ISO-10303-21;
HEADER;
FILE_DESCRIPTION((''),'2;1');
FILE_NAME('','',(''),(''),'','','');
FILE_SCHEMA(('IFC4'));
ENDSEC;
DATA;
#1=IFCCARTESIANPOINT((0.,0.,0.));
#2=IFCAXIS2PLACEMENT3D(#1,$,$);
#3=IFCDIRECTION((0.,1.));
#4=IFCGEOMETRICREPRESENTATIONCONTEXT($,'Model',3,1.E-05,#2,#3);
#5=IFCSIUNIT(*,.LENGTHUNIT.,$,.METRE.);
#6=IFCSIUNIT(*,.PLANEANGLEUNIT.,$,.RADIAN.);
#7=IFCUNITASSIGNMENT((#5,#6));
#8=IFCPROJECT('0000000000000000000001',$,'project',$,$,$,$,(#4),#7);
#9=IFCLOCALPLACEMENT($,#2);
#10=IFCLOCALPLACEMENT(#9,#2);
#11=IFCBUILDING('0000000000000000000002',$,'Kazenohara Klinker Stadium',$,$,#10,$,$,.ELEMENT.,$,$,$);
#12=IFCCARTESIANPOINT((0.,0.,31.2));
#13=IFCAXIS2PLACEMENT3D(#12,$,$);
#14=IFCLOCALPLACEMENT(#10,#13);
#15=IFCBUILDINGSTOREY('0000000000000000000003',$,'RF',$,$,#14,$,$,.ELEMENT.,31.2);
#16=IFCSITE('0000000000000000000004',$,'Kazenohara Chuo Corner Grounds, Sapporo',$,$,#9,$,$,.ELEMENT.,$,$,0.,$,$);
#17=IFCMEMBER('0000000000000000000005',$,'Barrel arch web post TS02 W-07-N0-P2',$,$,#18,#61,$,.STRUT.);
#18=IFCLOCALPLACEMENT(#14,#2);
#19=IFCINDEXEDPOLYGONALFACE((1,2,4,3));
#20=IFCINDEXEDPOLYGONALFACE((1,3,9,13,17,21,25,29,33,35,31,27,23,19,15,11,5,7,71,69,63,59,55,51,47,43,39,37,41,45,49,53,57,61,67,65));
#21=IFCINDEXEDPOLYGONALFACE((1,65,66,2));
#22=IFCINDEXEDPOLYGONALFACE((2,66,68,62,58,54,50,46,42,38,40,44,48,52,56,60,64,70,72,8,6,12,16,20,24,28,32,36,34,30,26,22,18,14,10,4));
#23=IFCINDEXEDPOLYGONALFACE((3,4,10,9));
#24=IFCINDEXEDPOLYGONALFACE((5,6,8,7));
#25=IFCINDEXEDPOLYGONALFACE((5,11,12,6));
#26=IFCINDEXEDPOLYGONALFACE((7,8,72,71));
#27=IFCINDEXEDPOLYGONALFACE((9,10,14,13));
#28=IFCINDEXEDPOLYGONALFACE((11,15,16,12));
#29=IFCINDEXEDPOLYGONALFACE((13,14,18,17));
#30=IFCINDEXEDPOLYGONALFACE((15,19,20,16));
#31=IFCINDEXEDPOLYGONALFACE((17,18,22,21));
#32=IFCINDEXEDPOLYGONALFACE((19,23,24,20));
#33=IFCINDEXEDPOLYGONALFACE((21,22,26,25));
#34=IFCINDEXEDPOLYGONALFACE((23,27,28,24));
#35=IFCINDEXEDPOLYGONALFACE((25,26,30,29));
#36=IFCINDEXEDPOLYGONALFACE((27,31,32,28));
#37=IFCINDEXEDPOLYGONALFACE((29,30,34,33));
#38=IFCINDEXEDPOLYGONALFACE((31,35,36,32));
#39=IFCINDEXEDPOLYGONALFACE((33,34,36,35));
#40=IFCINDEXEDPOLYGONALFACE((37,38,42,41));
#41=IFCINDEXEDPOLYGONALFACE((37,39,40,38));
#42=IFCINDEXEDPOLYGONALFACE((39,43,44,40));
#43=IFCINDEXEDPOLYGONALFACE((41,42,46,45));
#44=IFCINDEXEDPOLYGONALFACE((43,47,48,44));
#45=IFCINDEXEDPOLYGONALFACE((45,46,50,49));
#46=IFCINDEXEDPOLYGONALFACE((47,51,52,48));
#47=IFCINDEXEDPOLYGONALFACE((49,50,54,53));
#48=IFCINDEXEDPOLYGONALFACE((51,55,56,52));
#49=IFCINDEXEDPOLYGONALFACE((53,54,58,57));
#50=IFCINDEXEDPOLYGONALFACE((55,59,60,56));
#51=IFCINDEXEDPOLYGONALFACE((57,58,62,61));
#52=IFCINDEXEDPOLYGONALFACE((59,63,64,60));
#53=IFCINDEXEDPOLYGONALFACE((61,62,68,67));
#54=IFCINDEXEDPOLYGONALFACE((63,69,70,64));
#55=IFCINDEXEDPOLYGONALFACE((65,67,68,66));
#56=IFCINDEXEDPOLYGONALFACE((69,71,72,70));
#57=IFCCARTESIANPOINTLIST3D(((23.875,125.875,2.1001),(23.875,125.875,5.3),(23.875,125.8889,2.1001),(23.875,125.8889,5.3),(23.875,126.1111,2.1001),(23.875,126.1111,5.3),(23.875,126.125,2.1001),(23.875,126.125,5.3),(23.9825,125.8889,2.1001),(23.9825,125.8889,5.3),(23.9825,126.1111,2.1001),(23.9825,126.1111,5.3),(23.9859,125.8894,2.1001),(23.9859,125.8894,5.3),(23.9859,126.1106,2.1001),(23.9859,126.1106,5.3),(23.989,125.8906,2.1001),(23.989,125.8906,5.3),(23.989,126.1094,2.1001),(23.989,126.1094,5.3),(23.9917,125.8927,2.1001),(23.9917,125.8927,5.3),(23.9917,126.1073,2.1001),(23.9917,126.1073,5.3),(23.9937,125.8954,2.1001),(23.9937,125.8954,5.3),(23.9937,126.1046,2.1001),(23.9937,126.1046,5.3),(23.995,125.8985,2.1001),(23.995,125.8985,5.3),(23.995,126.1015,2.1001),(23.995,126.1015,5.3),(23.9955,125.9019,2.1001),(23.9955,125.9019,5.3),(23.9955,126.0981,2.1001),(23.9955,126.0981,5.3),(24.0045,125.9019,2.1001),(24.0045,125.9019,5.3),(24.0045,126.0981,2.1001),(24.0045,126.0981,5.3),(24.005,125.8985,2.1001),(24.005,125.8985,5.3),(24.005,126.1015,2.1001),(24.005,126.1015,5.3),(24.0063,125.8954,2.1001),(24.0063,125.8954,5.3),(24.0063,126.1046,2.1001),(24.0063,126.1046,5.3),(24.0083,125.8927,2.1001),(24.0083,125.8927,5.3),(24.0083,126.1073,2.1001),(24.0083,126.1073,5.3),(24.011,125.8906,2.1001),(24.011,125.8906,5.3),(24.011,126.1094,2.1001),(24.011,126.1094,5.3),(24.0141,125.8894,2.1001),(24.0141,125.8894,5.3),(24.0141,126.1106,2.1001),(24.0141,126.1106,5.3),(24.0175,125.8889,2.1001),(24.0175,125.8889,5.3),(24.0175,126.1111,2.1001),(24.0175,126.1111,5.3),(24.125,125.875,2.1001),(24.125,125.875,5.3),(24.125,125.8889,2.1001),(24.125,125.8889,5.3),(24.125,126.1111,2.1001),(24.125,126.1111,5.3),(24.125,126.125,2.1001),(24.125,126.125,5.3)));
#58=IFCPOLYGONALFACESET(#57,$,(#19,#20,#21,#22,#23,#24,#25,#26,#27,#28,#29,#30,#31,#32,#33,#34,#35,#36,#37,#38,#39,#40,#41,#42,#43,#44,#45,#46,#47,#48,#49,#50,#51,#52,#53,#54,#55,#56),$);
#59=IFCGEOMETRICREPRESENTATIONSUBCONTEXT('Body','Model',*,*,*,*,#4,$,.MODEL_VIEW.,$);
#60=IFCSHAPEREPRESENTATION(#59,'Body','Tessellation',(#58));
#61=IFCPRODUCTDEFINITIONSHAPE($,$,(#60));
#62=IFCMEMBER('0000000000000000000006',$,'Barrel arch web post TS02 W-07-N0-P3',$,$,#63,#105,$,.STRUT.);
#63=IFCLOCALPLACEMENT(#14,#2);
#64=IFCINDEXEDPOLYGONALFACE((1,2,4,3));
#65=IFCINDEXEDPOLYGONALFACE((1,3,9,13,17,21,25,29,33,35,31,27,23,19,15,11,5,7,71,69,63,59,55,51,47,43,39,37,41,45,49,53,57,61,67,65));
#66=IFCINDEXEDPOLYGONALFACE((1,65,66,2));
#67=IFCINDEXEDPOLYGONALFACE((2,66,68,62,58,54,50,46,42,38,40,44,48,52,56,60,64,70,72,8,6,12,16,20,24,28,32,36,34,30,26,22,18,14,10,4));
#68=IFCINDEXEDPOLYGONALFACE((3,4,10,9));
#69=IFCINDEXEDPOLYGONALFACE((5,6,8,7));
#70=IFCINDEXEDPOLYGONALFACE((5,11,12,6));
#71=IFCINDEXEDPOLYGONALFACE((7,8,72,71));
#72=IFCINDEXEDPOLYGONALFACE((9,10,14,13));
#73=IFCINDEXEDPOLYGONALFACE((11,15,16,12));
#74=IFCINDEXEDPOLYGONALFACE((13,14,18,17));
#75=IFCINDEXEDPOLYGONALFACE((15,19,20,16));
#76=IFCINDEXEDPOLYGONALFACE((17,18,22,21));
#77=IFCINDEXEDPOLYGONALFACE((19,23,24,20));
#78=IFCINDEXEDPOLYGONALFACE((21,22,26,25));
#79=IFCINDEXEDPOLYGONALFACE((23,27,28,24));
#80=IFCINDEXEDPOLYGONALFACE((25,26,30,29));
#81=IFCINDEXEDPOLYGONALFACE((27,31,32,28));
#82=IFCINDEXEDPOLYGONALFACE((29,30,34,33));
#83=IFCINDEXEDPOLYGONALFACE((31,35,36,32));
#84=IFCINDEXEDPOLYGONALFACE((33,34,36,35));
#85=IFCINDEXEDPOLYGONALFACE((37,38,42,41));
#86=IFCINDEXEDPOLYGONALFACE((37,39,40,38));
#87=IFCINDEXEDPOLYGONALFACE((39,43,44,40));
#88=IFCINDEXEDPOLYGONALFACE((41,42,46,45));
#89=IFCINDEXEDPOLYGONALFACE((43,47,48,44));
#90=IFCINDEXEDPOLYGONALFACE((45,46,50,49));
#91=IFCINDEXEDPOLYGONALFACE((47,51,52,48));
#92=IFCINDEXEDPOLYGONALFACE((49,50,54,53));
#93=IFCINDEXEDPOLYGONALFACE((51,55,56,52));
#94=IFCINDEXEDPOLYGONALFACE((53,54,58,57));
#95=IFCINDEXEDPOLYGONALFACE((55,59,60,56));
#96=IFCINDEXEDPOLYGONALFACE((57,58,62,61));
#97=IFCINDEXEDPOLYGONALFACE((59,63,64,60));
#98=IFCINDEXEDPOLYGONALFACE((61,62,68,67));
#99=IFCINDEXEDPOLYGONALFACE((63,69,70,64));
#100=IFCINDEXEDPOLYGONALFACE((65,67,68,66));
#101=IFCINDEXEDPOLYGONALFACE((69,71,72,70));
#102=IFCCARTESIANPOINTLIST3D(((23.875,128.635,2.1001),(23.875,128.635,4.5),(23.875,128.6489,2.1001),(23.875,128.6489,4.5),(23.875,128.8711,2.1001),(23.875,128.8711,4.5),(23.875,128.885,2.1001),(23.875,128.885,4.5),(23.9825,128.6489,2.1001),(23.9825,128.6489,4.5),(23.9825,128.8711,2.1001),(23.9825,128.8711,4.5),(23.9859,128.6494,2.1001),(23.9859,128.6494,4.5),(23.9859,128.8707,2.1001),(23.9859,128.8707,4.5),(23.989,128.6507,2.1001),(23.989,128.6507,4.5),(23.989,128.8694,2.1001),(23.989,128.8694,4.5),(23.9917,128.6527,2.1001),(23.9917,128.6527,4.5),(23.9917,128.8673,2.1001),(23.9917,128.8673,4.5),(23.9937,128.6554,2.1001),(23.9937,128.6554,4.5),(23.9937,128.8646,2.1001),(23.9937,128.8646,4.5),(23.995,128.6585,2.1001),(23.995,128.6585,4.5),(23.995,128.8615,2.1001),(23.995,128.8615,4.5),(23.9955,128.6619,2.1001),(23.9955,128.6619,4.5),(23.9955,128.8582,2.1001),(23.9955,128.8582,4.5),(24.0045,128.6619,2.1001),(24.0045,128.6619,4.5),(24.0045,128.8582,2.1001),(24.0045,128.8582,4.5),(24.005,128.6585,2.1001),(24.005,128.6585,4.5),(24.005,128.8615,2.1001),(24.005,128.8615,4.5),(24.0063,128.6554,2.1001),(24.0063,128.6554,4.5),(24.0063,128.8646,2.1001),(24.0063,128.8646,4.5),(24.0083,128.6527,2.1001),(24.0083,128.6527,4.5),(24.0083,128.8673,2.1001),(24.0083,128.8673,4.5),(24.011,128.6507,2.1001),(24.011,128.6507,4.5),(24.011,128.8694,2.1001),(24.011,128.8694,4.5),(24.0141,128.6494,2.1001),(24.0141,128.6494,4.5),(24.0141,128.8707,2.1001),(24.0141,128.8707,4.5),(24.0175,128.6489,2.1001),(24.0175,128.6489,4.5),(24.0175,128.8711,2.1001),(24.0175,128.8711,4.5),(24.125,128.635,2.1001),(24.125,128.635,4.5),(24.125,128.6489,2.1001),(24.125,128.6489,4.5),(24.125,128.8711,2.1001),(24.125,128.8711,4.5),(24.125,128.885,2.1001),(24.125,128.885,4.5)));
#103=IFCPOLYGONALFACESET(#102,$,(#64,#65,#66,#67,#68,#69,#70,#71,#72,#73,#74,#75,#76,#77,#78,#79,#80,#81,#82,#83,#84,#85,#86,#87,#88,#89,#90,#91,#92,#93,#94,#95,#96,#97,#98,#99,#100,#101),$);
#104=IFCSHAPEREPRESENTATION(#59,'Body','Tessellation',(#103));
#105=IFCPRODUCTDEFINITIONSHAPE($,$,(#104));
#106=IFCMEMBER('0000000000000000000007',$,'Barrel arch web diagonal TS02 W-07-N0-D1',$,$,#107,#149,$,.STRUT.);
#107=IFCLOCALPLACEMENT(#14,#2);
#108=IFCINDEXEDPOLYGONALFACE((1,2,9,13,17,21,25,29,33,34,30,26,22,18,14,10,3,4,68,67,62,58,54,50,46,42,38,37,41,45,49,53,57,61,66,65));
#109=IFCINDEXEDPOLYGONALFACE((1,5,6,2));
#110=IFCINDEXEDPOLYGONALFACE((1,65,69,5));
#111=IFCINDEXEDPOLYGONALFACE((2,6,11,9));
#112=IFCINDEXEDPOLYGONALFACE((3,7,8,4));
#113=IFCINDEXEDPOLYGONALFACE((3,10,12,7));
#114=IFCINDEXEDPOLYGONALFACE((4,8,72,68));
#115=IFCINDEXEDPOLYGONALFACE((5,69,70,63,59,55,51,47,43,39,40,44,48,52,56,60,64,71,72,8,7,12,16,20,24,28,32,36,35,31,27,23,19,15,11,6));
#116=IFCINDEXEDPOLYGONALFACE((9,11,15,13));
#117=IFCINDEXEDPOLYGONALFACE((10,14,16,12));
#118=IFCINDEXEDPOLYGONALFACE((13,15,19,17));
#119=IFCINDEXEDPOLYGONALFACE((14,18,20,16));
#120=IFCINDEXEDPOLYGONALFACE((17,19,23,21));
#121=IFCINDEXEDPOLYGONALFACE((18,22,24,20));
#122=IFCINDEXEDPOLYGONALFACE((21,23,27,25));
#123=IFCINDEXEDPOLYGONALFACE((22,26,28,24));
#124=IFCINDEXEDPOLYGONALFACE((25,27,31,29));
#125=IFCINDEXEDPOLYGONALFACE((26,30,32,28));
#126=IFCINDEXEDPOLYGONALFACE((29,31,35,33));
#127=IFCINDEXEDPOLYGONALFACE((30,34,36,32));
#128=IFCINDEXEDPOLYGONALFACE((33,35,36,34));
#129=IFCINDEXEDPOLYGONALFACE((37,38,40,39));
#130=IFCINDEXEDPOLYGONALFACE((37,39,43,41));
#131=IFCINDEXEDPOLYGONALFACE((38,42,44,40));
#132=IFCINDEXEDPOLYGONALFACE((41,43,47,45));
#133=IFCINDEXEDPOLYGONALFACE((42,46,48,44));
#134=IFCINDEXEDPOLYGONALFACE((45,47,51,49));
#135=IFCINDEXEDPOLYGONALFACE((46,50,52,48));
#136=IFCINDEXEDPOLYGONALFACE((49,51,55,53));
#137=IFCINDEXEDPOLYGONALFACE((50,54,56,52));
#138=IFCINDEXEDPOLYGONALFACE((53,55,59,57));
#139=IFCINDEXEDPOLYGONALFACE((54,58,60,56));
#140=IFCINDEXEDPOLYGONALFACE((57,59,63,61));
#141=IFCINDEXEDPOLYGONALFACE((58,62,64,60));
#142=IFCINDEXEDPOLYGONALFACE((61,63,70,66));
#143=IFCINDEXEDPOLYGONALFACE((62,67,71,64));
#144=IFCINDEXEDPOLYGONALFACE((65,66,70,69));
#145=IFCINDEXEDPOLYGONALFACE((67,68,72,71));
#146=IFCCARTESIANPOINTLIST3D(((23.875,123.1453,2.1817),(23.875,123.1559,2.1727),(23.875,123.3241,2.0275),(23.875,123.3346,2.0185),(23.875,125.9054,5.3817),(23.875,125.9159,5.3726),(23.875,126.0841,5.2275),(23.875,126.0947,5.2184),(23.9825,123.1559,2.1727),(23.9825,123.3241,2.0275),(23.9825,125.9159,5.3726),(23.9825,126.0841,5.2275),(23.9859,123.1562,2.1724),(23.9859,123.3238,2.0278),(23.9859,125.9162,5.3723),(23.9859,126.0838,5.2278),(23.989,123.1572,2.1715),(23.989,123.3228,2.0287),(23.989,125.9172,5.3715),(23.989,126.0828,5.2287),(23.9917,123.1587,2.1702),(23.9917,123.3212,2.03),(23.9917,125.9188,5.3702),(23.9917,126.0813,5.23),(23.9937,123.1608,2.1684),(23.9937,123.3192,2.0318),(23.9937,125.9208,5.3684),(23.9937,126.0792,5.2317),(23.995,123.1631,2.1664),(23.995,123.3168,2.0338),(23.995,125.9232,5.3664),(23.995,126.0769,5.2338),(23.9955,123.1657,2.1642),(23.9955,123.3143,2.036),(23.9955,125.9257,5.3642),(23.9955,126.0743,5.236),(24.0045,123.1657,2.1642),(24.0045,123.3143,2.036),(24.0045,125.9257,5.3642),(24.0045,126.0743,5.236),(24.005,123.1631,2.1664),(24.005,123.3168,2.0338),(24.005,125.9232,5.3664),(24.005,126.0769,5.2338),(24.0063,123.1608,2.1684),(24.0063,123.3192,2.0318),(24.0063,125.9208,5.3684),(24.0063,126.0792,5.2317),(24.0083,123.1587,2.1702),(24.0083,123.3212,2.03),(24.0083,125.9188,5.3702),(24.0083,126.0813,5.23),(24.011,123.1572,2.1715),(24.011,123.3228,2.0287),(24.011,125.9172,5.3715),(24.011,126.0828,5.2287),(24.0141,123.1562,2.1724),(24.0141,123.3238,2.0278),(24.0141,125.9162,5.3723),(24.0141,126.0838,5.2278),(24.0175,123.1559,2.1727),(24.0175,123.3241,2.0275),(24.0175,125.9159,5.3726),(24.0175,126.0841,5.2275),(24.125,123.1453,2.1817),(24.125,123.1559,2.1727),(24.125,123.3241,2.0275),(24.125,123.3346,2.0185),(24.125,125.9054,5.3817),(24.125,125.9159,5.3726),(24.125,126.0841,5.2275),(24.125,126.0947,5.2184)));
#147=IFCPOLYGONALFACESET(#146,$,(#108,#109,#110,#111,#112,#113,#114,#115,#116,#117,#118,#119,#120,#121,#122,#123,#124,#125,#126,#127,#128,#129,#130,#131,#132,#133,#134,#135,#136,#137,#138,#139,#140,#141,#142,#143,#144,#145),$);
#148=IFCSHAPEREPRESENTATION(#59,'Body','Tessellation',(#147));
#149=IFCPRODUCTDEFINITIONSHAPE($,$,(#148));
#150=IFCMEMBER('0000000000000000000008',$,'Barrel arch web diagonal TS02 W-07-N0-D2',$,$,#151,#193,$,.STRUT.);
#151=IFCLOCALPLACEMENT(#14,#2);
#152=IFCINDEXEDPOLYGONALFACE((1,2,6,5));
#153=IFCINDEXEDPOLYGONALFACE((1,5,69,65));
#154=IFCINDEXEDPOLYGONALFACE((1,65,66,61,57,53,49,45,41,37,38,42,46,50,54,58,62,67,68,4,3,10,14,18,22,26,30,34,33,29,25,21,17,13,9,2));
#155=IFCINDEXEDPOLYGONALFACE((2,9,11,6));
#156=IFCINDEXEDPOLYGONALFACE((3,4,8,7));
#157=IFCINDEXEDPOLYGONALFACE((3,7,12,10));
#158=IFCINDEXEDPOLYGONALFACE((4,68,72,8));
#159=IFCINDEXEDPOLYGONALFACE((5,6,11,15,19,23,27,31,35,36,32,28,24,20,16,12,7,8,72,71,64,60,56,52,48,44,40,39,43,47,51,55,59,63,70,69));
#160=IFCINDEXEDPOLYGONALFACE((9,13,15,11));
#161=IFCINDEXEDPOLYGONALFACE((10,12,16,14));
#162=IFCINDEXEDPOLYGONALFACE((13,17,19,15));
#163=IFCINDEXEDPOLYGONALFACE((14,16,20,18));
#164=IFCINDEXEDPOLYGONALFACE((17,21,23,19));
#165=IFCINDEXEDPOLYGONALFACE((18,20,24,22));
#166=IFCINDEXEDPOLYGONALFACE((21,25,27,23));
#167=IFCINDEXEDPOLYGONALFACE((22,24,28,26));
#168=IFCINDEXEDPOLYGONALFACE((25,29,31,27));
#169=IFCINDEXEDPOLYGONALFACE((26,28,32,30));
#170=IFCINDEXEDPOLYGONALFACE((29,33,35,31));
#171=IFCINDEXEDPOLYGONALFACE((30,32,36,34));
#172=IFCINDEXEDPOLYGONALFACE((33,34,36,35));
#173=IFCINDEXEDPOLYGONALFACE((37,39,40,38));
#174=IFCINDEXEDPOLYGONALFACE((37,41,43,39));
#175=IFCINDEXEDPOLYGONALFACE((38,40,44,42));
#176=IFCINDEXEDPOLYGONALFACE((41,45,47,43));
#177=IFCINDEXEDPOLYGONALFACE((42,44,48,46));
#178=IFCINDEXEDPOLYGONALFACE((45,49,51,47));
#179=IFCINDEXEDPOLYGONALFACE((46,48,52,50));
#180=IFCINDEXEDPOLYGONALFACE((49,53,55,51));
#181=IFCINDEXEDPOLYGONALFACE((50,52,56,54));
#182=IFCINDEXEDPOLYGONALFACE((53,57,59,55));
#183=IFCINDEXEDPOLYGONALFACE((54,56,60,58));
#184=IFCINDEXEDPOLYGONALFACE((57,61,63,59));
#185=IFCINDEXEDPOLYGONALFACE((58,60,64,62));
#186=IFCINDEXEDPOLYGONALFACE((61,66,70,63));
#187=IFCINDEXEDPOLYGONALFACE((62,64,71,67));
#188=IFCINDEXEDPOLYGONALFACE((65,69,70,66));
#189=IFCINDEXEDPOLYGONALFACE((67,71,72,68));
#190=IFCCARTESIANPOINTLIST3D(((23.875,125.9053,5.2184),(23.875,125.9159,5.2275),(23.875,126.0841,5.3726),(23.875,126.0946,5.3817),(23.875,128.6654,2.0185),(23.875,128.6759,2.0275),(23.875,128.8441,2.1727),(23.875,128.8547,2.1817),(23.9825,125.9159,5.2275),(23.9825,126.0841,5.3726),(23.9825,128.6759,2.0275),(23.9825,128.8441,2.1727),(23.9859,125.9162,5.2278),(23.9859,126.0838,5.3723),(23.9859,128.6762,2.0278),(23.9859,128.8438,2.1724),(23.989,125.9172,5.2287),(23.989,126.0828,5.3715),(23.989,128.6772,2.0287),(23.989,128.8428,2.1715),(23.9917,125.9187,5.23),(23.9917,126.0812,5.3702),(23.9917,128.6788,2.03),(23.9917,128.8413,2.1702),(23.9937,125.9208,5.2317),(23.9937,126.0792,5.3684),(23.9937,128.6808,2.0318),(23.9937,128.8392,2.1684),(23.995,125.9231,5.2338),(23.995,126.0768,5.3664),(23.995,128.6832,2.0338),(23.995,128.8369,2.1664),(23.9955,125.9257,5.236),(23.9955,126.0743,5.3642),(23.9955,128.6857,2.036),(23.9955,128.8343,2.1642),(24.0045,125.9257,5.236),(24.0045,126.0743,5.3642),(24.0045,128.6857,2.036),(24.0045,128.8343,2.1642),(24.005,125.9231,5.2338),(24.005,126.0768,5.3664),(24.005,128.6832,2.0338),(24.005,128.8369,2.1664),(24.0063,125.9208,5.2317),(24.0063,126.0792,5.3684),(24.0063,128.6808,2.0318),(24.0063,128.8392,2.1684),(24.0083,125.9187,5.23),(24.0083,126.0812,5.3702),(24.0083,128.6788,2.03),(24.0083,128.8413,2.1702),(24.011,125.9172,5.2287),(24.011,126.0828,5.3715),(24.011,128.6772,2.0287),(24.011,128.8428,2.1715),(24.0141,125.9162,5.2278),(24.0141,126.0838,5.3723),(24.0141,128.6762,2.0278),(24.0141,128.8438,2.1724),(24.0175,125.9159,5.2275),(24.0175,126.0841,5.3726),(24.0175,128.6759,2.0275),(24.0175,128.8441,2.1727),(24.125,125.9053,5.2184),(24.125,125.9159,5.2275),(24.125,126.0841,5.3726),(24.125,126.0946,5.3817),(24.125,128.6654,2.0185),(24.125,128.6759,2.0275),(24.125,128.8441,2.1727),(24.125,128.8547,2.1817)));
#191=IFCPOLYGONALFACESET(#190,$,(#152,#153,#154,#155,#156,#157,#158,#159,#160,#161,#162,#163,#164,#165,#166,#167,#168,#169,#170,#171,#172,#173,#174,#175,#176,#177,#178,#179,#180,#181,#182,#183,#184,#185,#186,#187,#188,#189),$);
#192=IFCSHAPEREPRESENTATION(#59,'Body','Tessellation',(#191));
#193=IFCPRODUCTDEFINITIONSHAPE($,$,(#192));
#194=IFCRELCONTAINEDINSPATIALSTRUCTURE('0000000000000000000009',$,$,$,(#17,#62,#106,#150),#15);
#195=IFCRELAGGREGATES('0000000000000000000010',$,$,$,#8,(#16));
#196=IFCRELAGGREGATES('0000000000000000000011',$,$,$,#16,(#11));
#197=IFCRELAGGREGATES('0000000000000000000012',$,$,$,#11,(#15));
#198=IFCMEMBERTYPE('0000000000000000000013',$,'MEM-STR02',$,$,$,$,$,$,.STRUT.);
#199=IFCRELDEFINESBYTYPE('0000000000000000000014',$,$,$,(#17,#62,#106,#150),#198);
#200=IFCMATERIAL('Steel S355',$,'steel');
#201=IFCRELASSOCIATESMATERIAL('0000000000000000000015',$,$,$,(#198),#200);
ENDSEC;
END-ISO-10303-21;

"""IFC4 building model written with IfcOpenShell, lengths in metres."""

from ifc_helpers import new_model, si_unit, direction, frame, origin, origin_2d, place, context, subcontext, project, spatial, i_section, extrude, material, material_profile, profile_set, type_object, element, save


model = new_model("IFC4")

# Units and contexts
model_context = context("Model", 3, precision=1e-05, world=origin(), true_north=direction((0.0, 1.0)))
body_context = subcontext(model_context, "Body", "Model", "MODEL_VIEW")
ifc_project = project(units=[si_unit("LENGTHUNIT", "METRE"), si_unit("PLANEANGLEUNIT", "RADIAN")], contexts=[model_context])

# Site, building, storey
site_placement = place(None, origin())
site = spatial("IfcSite", under=ifc_project, at=site_placement, Name="Kazenohara Chuo Corner Grounds, Sapporo", CompositionType="ELEMENT", RefElevation=0.0)
building_placement = place(site_placement, origin())
building = spatial("IfcBuilding", under=site, at=building_placement, Name="Kazenohara Klinker Stadium", CompositionType="ELEMENT")
storey_placement = place(building_placement, frame((0.0, 0.0, 31.2)))
storey = spatial("IfcBuildingStorey", under=building, at=storey_placement, Name="RF", CompositionType="ELEMENT", Elevation=31.2)

# Members
ifc_material_1 = material(Name="Steel S355", Category="steel")
ifc_material_profile_1 = material_profile(ifc_material_1, i_section(OverallWidth=0.25, OverallDepth=0.25, WebThickness=0.009, FlangeThickness=0.0139, FilletRadius=0.0129, at=origin_2d()), Name="H-250x250x9x14")
ifc_profile_set_1 = profile_set([ifc_material_profile_1], Name="Steel S355")
member_type_1 = type_object("IfcMemberType", Name="MEM-STR02", PredefinedType="STRUT", material=ifc_profile_set_1)
member_1_placement = place(storey_placement, frame((24.0, 126.0, 2.1001), z_axis=(0.0, 0.0, 1.0), x_axis=(1.0, 0.0, 0.0)))
element("IfcMember", 1, at=member_1_placement, inside=storey, type_object=member_type_1, Name="Barrel arch web post TS02 W-07-N0-P2", PredefinedType="STRUT", context=body_context, shape_type="SweptSolid", body=[
    extrude(i_section(OverallWidth=0.25, OverallDepth=0.25, WebThickness=0.009, FlangeThickness=0.0139, FilletRadius=0.0129, at=origin_2d()), origin(), (0.0, 0.0, 1.0), 3.2),
])
member_2_placement = place(storey_placement, frame((24.0, 128.76, 2.1001), z_axis=(0.0, 0.0, 1.0), x_axis=(1.0, 0.0, 0.0)))
element("IfcMember", 2, at=member_2_placement, inside=storey, type_object=member_type_1, Name="Barrel arch web post TS02 W-07-N0-P3", PredefinedType="STRUT", context=body_context, shape_type="SweptSolid", body=[
    extrude(i_section(OverallWidth=0.25, OverallDepth=0.25, WebThickness=0.009, FlangeThickness=0.0139, FilletRadius=0.0129, at=origin_2d()), origin(), (0.0, 0.0, 1.0), 2.3999),
])
for number, where, z_axis, x_axis, name in (
    (3, (24.0, 123.24, 2.1001), (0.0, 0.653134, 0.757242), (-1.0, 0.0, 0.0), "Barrel arch web diagonal TS02 W-07-N0-D1"),
    (4, (24.0, 128.76, 2.1001), (0.0, -0.653134, 0.757242), (1.0, 0.0, 0.0), "Barrel arch web diagonal TS02 W-07-N0-D2"),
):
    element("IfcMember", number, at=place(storey_placement, frame(where, z_axis=z_axis, x_axis=x_axis)), inside=storey, type_object=member_type_1, Name=name, PredefinedType="STRUT", context=body_context, shape_type="SweptSolid", body=[
        extrude(i_section(OverallWidth=0.25, OverallDepth=0.25, WebThickness=0.009, FlangeThickness=0.0139, FilletRadius=0.0129, at=origin_2d()), origin(), (0.0, 0.0, 1.0), 4.2258),
    ])

save(model, "model.ifc")
